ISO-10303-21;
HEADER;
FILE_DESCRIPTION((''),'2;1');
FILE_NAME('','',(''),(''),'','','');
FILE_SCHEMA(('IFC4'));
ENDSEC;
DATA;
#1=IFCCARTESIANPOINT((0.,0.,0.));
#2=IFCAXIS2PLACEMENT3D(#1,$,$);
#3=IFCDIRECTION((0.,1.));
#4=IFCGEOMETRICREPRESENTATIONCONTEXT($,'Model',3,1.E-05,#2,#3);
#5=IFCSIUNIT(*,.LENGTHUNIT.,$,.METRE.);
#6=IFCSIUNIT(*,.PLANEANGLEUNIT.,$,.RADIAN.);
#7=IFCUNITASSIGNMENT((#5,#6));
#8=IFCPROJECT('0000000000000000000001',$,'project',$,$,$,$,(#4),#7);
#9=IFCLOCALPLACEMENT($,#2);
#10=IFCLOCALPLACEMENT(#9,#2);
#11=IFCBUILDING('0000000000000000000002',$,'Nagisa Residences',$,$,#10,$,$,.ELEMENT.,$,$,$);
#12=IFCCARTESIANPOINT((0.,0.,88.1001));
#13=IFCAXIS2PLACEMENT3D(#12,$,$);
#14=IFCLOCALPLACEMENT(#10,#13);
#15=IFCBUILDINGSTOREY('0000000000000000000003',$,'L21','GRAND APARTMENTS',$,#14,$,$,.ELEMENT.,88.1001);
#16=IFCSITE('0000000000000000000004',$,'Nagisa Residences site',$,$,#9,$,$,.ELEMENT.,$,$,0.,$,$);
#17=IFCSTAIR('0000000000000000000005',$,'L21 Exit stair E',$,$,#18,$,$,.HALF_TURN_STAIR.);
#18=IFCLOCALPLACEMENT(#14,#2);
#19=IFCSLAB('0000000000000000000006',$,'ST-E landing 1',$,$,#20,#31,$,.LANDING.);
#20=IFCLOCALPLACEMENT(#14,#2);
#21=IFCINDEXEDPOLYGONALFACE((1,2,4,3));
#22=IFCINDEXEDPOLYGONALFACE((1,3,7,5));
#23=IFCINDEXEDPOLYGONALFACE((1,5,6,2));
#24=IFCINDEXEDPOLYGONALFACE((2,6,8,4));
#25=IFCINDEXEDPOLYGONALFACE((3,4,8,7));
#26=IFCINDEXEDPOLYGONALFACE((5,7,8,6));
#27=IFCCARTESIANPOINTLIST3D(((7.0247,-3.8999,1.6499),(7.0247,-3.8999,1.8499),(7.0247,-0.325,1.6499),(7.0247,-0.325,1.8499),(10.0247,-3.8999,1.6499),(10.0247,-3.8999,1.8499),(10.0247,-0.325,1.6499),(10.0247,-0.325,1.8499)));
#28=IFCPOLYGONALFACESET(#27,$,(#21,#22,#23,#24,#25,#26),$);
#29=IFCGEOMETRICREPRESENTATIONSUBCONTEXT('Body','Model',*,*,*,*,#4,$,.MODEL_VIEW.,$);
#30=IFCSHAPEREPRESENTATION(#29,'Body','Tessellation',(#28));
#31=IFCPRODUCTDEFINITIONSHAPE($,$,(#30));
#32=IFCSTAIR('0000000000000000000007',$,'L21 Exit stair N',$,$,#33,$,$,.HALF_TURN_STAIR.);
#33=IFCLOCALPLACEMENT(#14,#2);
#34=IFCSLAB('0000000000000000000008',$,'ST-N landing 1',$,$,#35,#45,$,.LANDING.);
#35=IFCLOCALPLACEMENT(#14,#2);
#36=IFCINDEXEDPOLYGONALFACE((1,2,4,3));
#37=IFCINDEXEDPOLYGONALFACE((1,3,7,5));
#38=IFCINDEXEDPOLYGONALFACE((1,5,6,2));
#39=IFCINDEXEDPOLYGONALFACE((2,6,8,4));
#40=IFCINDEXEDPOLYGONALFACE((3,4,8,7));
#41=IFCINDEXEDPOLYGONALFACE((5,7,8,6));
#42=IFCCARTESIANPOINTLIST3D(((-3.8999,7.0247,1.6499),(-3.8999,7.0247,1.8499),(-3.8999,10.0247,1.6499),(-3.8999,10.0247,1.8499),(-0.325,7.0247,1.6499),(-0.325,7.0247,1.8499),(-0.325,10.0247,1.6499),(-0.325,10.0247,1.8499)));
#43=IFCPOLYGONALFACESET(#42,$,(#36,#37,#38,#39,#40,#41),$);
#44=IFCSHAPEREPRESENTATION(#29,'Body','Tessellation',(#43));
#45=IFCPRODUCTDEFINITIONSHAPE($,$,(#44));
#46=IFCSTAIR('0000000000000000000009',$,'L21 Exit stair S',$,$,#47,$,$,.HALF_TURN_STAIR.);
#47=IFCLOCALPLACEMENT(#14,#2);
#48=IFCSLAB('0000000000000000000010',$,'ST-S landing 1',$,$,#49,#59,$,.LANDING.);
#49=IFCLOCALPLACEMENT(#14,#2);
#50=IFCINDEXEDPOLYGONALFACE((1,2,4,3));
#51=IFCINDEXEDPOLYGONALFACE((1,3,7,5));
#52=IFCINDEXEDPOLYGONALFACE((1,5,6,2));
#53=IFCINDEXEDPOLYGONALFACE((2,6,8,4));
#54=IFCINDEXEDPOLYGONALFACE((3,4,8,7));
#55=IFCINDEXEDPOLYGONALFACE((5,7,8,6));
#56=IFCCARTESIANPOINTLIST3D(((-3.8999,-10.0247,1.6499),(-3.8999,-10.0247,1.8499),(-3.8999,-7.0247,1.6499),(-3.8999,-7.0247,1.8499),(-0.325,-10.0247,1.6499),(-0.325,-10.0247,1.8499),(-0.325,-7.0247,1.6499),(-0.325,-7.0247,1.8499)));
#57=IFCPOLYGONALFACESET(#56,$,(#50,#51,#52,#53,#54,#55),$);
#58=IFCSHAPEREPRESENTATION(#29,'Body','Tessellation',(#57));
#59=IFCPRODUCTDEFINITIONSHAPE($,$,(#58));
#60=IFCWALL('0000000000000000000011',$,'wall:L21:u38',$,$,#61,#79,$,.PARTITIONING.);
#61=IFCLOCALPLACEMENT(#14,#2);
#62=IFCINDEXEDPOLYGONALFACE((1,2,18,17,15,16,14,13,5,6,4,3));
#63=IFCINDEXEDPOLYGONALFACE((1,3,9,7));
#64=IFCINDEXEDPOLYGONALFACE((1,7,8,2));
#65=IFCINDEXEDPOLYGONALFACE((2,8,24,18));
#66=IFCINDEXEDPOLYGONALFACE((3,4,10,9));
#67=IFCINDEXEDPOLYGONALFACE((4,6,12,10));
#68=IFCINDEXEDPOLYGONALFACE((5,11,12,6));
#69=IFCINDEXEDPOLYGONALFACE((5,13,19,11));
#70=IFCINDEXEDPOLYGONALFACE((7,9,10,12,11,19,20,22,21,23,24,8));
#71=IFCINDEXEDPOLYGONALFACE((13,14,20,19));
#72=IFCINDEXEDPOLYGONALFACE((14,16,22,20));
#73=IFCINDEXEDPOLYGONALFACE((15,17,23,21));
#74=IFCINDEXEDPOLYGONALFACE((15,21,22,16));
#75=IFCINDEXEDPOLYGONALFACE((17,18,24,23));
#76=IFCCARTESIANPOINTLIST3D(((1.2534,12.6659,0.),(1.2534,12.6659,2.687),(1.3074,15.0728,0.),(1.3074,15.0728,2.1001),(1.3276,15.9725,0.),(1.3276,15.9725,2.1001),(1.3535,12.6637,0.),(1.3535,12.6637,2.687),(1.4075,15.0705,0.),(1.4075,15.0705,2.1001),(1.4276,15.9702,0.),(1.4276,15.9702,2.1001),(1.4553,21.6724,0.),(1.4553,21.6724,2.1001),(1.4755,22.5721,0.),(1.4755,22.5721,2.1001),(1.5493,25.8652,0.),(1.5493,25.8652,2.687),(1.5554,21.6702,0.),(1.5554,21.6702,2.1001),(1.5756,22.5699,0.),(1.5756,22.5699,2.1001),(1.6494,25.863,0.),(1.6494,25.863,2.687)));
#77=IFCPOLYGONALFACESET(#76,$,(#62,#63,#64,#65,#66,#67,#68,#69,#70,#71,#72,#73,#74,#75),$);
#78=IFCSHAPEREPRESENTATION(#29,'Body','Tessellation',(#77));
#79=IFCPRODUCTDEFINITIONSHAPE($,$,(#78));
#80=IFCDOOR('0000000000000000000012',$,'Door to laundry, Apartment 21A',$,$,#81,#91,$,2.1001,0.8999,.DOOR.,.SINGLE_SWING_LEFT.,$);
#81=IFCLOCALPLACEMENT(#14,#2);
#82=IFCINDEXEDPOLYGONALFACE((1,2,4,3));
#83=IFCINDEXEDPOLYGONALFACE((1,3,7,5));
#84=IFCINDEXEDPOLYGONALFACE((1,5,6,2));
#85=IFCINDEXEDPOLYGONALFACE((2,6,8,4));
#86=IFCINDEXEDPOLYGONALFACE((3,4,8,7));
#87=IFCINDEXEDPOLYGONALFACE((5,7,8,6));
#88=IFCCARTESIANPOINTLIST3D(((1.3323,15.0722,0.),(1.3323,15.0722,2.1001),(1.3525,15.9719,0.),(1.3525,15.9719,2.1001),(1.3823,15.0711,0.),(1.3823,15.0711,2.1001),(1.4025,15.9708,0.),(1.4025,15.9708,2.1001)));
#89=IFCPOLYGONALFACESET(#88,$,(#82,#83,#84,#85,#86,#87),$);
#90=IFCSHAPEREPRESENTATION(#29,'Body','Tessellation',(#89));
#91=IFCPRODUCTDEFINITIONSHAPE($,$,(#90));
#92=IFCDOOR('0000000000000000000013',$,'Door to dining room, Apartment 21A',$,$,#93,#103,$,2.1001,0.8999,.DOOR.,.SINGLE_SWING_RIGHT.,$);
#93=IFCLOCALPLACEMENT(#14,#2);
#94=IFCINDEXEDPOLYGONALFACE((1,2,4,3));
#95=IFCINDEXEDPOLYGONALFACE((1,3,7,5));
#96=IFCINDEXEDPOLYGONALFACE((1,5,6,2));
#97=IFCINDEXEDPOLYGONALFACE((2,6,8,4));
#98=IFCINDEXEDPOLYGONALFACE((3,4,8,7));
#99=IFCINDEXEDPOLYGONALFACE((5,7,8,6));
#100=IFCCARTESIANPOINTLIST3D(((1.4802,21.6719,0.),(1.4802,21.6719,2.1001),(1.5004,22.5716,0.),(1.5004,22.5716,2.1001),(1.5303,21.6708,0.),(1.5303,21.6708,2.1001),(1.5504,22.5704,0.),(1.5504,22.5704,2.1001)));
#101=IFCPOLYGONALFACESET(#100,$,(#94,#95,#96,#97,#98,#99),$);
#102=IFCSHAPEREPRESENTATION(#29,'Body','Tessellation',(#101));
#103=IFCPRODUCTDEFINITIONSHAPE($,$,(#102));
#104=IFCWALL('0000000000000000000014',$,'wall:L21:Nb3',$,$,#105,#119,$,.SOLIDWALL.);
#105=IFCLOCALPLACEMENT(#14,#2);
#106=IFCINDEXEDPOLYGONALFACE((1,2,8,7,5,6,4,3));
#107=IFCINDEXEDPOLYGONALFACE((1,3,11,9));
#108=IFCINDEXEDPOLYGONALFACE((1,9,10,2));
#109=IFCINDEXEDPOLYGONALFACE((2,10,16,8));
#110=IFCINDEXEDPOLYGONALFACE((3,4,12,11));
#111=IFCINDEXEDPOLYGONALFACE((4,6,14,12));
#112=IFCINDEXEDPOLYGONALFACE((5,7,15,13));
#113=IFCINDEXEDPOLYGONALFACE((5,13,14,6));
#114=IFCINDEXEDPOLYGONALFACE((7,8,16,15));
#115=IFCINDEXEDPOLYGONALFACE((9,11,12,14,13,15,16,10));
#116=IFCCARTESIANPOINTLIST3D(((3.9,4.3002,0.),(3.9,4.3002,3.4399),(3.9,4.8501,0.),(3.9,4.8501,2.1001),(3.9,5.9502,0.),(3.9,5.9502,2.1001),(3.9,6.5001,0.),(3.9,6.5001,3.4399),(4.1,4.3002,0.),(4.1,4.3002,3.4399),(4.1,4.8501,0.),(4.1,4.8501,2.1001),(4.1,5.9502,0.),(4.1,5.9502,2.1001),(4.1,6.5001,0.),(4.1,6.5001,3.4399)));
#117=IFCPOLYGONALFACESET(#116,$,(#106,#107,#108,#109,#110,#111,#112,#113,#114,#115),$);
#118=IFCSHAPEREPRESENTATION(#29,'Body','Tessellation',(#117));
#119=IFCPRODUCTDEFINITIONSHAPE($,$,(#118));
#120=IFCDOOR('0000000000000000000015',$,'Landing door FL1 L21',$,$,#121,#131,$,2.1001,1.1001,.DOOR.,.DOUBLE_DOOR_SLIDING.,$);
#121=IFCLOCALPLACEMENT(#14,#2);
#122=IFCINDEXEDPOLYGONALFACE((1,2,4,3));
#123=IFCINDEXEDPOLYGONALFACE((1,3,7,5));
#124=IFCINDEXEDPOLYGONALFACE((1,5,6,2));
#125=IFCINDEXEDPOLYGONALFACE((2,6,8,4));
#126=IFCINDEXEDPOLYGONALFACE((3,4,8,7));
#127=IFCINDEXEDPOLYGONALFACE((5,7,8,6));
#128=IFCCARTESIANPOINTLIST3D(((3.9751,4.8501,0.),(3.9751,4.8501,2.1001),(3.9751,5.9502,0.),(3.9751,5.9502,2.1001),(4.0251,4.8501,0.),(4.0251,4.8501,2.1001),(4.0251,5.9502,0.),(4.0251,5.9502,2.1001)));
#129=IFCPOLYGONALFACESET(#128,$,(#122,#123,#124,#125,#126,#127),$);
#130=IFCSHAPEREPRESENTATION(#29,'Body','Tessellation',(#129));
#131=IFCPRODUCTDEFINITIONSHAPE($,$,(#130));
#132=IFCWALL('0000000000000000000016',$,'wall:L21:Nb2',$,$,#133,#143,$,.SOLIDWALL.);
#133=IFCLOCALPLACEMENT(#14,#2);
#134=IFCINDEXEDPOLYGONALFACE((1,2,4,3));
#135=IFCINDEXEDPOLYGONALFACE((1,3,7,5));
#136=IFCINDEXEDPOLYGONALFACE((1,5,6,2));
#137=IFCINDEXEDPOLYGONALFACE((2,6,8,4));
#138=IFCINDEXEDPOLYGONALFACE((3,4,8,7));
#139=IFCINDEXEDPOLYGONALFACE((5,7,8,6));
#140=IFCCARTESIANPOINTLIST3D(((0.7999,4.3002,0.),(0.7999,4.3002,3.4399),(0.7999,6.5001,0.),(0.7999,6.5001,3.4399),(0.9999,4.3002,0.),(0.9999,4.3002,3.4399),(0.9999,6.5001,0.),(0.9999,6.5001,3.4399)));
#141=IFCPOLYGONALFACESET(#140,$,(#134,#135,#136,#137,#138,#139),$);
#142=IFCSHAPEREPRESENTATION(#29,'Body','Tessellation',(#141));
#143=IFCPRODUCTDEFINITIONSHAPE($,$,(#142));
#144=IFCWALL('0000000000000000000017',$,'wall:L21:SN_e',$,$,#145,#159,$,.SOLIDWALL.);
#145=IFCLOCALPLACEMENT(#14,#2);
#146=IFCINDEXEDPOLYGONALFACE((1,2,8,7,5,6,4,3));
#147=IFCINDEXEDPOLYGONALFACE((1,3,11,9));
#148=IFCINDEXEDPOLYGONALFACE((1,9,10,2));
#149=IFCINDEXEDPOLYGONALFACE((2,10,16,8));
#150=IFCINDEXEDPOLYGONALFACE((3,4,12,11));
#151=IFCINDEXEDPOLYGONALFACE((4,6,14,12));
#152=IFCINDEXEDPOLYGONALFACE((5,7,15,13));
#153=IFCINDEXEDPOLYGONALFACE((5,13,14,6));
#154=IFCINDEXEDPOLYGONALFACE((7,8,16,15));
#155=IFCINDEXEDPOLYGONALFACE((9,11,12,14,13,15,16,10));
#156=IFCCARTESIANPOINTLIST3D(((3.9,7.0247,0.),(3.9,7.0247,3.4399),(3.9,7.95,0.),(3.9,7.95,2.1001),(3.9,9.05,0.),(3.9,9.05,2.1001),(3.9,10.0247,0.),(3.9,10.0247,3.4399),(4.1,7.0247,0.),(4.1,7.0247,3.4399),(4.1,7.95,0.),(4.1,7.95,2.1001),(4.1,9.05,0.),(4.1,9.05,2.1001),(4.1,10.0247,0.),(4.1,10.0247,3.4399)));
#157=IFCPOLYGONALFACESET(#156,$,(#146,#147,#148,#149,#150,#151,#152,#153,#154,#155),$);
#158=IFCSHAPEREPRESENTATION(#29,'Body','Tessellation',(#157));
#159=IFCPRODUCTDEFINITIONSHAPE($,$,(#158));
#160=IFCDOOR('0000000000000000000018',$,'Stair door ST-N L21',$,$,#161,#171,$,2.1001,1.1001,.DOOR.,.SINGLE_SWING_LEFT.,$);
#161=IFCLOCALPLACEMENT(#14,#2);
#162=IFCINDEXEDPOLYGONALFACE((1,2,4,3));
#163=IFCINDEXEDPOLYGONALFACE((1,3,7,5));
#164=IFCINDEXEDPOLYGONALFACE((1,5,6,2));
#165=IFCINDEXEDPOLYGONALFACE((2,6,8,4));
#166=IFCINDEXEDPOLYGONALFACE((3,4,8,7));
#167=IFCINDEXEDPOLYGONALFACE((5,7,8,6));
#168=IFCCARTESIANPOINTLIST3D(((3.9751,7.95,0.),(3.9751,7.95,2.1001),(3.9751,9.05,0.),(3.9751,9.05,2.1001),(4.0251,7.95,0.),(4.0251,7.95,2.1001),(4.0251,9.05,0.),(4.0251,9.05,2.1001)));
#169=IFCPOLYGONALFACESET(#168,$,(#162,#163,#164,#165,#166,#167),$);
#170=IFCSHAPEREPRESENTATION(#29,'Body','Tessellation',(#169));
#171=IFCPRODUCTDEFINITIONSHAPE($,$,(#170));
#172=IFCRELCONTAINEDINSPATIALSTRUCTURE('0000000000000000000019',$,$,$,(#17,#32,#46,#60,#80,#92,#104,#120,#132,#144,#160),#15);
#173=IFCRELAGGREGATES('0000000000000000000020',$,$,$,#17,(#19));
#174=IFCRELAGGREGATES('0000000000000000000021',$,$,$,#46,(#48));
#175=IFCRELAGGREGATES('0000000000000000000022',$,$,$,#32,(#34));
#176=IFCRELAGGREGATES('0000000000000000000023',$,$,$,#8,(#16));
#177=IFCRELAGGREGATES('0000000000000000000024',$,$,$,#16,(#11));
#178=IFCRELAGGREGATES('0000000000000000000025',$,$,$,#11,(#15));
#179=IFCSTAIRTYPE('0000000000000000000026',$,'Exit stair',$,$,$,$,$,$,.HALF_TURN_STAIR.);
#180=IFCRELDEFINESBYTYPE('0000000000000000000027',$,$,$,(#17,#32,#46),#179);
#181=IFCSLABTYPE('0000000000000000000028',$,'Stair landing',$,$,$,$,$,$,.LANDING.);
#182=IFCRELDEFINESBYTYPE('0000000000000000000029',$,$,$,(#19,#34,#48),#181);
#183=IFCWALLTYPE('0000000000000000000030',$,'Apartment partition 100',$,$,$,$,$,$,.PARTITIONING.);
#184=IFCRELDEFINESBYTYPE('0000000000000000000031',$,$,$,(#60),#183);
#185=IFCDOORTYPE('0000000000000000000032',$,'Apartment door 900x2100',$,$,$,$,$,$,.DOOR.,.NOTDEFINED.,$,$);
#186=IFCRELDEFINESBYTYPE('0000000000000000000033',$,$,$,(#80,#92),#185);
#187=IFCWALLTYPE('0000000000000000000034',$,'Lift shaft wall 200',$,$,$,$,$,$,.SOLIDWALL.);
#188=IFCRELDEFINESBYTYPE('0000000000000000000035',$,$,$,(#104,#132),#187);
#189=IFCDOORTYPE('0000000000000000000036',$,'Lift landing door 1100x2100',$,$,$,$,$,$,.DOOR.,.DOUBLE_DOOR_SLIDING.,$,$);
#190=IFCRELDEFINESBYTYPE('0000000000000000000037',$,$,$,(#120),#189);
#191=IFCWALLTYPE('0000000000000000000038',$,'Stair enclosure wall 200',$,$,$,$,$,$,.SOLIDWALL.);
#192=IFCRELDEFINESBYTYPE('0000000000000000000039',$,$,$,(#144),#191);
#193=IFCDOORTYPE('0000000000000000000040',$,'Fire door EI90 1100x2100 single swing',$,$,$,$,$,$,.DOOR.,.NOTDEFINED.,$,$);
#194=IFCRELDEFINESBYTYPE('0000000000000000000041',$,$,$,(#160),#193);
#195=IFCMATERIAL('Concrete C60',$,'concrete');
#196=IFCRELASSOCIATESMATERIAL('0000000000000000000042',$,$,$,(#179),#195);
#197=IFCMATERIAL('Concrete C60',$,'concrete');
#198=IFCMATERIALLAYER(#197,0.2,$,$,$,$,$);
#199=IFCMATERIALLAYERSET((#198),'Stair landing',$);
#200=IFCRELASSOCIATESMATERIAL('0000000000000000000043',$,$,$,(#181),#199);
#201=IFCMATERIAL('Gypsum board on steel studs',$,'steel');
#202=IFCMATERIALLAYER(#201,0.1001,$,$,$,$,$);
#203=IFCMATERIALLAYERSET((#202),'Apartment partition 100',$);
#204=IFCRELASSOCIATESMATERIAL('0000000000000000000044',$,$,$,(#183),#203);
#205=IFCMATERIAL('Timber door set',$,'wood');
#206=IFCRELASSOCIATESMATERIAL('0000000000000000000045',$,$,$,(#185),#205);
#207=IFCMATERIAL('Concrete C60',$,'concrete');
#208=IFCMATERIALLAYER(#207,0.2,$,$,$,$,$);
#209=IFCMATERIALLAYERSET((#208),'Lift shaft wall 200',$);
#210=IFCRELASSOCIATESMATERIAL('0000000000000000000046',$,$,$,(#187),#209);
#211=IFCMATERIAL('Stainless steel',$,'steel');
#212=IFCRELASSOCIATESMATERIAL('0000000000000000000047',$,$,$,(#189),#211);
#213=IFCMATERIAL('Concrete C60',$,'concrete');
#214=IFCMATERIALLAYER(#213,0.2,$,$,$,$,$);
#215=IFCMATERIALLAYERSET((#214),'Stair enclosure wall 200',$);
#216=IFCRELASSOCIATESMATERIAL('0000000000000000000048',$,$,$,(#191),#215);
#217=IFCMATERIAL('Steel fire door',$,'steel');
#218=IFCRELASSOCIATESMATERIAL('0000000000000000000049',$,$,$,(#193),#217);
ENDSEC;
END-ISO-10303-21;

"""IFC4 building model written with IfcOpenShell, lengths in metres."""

from ifc_helpers import new_model, si_unit, direction, frame, frame_2d, origin, place, context, subcontext, project, spatial, polyline, rectangle, outline, extrude, material, layer, layer_set, type_object, element, fill, aggregate, save


model = new_model("IFC4")

# Units and contexts
model_context = context("Model", 3, precision=1e-05, world=origin(), true_north=direction((0.0, 1.0)))
body_context = subcontext(model_context, "Body", "Model", "MODEL_VIEW")
ifc_project = project(units=[si_unit("LENGTHUNIT", "METRE"), si_unit("PLANEANGLEUNIT", "RADIAN")], contexts=[model_context])

# Site, building, storey
site_placement = place(None, origin())
site = spatial("IfcSite", under=ifc_project, at=site_placement, Name="Nagisa Residences site", CompositionType="ELEMENT", RefElevation=0.0)
building_placement = place(site_placement, origin())
building = spatial("IfcBuilding", under=site, at=building_placement, Name="Nagisa Residences", CompositionType="ELEMENT")
storey_placement = place(building_placement, frame((0.0, 0.0, 88.1001)))
storey = spatial("IfcBuildingStorey", under=building, at=storey_placement, Name="L21", Description="GRAND APARTMENTS", CompositionType="ELEMENT", Elevation=88.1001)

# Stairs, slabs
ifc_material_1 = material(Name="Concrete C60", Category="concrete")
stair_type = type_object("IfcStairType", Name="Exit stair", PredefinedType="HALF_TURN_STAIR", material=ifc_material_1)
stair_1_placement = place(storey_placement, origin())
stair_1 = element("IfcStair", 1, at=stair_1_placement, inside=storey, type_object=stair_type, Name="L21 Exit stair E", PredefinedType="HALF_TURN_STAIR")
ifc_material_2 = material(Name="Concrete C60", Category="concrete")
ifc_layer_1 = layer(ifc_material_2, 0.2)
ifc_layer_set_1 = layer_set([ifc_layer_1], Name="Stair landing")
slab_type = type_object("IfcSlabType", Name="Stair landing", PredefinedType="LANDING", material=ifc_layer_set_1)
slab_1_placement = place(storey_placement, frame((0.0, 0.0, 1.6499)))
slab_1 = element("IfcSlab", 2, at=slab_1_placement, type_object=slab_type, Name="ST-E landing 1", PredefinedType="LANDING", context=body_context, shape_type="SweptSolid", body=[
    extrude(outline(polyline([(7.0247, -0.325), (7.0247, -3.8999), (10.0247, -3.8999), (10.0247, -0.325), (7.0247, -0.325)])), origin(), (0.0, 0.0, 1.0), 0.2),
])
aggregate(stair_1, [slab_1])
stair_2_placement = place(storey_placement, origin())
stair_2 = element("IfcStair", 3, at=stair_2_placement, inside=storey, type_object=stair_type, Name="L21 Exit stair N", PredefinedType="HALF_TURN_STAIR")
slab_2_placement = place(storey_placement, frame((0.0, 0.0, 1.6499)))
slab_2 = element("IfcSlab", 4, at=slab_2_placement, type_object=slab_type, Name="ST-N landing 1", PredefinedType="LANDING", context=body_context, shape_type="SweptSolid", body=[
    extrude(outline(polyline([(-0.325, 10.0247), (-3.8999, 10.0247), (-3.8999, 7.0247), (-0.325, 7.0247), (-0.325, 10.0247)])), origin(), (0.0, 0.0, 1.0), 0.2),
])
stair_3_placement = place(storey_placement, origin())
stair_3 = element("IfcStair", 5, at=stair_3_placement, inside=storey, type_object=stair_type, Name="L21 Exit stair S", PredefinedType="HALF_TURN_STAIR")
slab_3_placement = place(storey_placement, frame((0.0, 0.0, 1.6499)))
slab_3 = element("IfcSlab", 6, at=slab_3_placement, type_object=slab_type, Name="ST-S landing 1", PredefinedType="LANDING", context=body_context, shape_type="SweptSolid", body=[
    extrude(outline(polyline([(-0.325, -7.0247), (-3.8999, -7.0247), (-3.8999, -10.0247), (-0.325, -10.0247), (-0.325, -7.0247)])), origin(), (0.0, 0.0, 1.0), 0.2),
])
aggregate(stair_3, [slab_3])

# Wall, openings, doors
ifc_material_3 = material(Name="Gypsum board on steel studs", Category="steel")
ifc_layer_2 = layer(ifc_material_3, 0.1001)
ifc_layer_set_2 = layer_set([ifc_layer_2], Name="Apartment partition 100")
wall_type_1 = type_object("IfcWallType", Name="Apartment partition 100", PredefinedType="PARTITIONING", material=ifc_layer_set_2)
wall_1_placement = place(storey_placement, frame((1.3035, 12.6648, 0.0), z_axis=(0.0, 0.0, 1.0), x_axis=(0.022412, 0.999749, 0.0)))
wall_1 = element("IfcWall", 7, at=wall_1_placement, inside=storey, type_object=wall_type_1, Name="wall:L21:u38", PredefinedType="PARTITIONING", context=body_context, shape_type="SweptSolid", body=[
    extrude(rectangle(XDim=13.2026, YDim=0.1001, at=frame_2d((6.6013, 0.0))), origin(), (0.0, 0.0, 1.0), 2.687),
])
opening_1_placement = place(wall_1_placement, frame((2.4075, 0.0, 0.0)))
opening_1 = element("IfcOpeningElement", 8, at=opening_1_placement, cuts=wall_1, PredefinedType="OPENING", context=body_context, shape_type="SweptSolid", body=[
    extrude(rectangle(XDim=0.8999, YDim=2.1001, at=frame_2d((0.45, 1.05))), frame((0.0, 0.0601, 0.0), z_axis=(0.0, -1.0, 0.0), x_axis=(1.0, 0.0, 0.0)), (0.0, 0.0, 1.0), 0.1201),
])
opening_2_placement = place(wall_1_placement, frame((9.0088, 0.0, 0.0)))
opening_2 = element("IfcOpeningElement", 9, at=opening_2_placement, cuts=wall_1, PredefinedType="OPENING", context=body_context, shape_type="SweptSolid", body=[
    extrude(rectangle(XDim=0.8999, YDim=2.1001, at=frame_2d((0.45, 1.05))), frame((0.0, 0.0601, 0.0), z_axis=(0.0, -1.0, 0.0), x_axis=(1.0, 0.0, 0.0)), (0.0, 0.0, 1.0), 0.1201),
])
ifc_material_4 = material(Name="Timber door set", Category="wood")
door_type_1 = type_object("IfcDoorType", Name="Apartment door 900x2100", OperationType="NOTDEFINED", PredefinedType="DOOR", material=ifc_material_4)
door_1_placement = place(opening_1_placement, frame((0.8999, 0.0, 0.0), x_axis=(-1.0, 0.0, 0.0)))
door_1 = element("IfcDoor", 10, at=door_1_placement, inside=storey, type_object=door_type_1, Name="Door to laundry, Apartment 21A", OperationType="SINGLE_SWING_LEFT", OverallHeight=2.1001, OverallWidth=0.8999, PredefinedType="DOOR", context=body_context, shape_type="SweptSolid", body=[
    extrude(rectangle(XDim=0.8999, YDim=2.1001, at=frame_2d((0.45, 1.05))), frame((0.0, 0.0249, 0.0), z_axis=(0.0, -1.0, 0.0), x_axis=(1.0, 0.0, 0.0)), (0.0, 0.0, 1.0), 0.05),
])
fill(opening_1, door_1)
door_2_placement = place(opening_2_placement, frame((0.8999, 0.0, 0.0), x_axis=(-1.0, 0.0, 0.0)))
door_2 = element("IfcDoor", 11, at=door_2_placement, inside=storey, type_object=door_type_1, Name="Door to dining room, Apartment 21A", OperationType="SINGLE_SWING_RIGHT", OverallHeight=2.1001, OverallWidth=0.8999, PredefinedType="DOOR", context=body_context, shape_type="SweptSolid", body=[
    extrude(rectangle(XDim=0.8999, YDim=2.1001, at=frame_2d((0.45, 1.05))), frame((0.0, 0.0249, 0.0), z_axis=(0.0, -1.0, 0.0), x_axis=(1.0, 0.0, 0.0)), (0.0, 0.0, 1.0), 0.05),
])
fill(opening_2, door_2)

# Wall, opening, door
ifc_material_5 = material(Name="Concrete C60", Category="concrete")
ifc_layer_3 = layer(ifc_material_5, 0.2)
ifc_layer_set_3 = layer_set([ifc_layer_3], Name="Lift shaft wall 200")
wall_type_2 = type_object("IfcWallType", Name="Lift shaft wall 200", PredefinedType="SOLIDWALL", material=ifc_layer_set_3)
wall_2_placement = place(storey_placement, frame((4.0, 4.3, 0.0), z_axis=(0.0, 0.0, 1.0), x_axis=(0.0, 1.0, 0.0)))
wall_2 = element("IfcWall", 12, at=wall_2_placement, inside=storey, type_object=wall_type_2, Name="wall:L21:Nb3", PredefinedType="SOLIDWALL", context=body_context, shape_type="SweptSolid", body=[
    extrude(rectangle(XDim=2.2, YDim=0.2, at=frame_2d((1.1001, 0.0))), origin(), (0.0, 0.0, 1.0), 3.4399),
])
opening_3_placement = place(wall_2_placement, frame((0.55, 0.0, 0.0)))
opening_3 = element("IfcOpeningElement", 13, at=opening_3_placement, cuts=wall_2, PredefinedType="OPENING", context=body_context, shape_type="SweptSolid", body=[
    extrude(rectangle(XDim=1.1001, YDim=2.1001, at=frame_2d((0.55, 1.05))), frame((0.0, 0.1099, 0.0), z_axis=(0.0, -1.0, 0.0), x_axis=(1.0, 0.0, 0.0)), (0.0, 0.0, 1.0), 0.22),
])
ifc_material_6 = material(Name="Stainless steel", Category="steel")
door_type_2 = type_object("IfcDoorType", Name="Lift landing door 1100x2100", OperationType="DOUBLE_DOOR_SLIDING", PredefinedType="DOOR", material=ifc_material_6)
door_3_placement = place(opening_3_placement, origin())
door_3 = element("IfcDoor", 14, at=door_3_placement, inside=storey, type_object=door_type_2, Name="Landing door FL1 L21", OperationType="DOUBLE_DOOR_SLIDING", OverallHeight=2.1001, OverallWidth=1.1001, PredefinedType="DOOR", context=body_context, shape_type="SweptSolid", body=[
    extrude(rectangle(XDim=1.1001, YDim=2.1001, at=frame_2d((0.55, 1.05))), frame((0.0, 0.0249, 0.0), z_axis=(0.0, -1.0, 0.0), x_axis=(1.0, 0.0, 0.0)), (0.0, 0.0, 1.0), 0.05),
])
fill(opening_3, door_3)

# Wall
wall_3_placement = place(storey_placement, frame((0.8999, 4.3, 0.0), z_axis=(0.0, 0.0, 1.0), x_axis=(0.0, 1.0, 0.0)))
element("IfcWall", 15, at=wall_3_placement, inside=storey, type_object=wall_type_2, Name="wall:L21:Nb2", PredefinedType="SOLIDWALL", context=body_context, shape_type="SweptSolid", body=[
    extrude(rectangle(XDim=2.2, YDim=0.2, at=frame_2d((1.1001, 0.0))), origin(), (0.0, 0.0, 1.0), 3.4399),
])

# Wall, opening, door
ifc_material_7 = material(Name="Concrete C60", Category="concrete")
ifc_layer_4 = layer(ifc_material_7, 0.2)
ifc_layer_set_4 = layer_set([ifc_layer_4], Name="Stair enclosure wall 200")
wall_type_3 = type_object("IfcWallType", Name="Stair enclosure wall 200", PredefinedType="SOLIDWALL", material=ifc_layer_set_4)
wall_4_placement = place(storey_placement, frame((4.0, 7.0247, 0.0), z_axis=(0.0, 0.0, 1.0), x_axis=(0.0, 1.0, 0.0)))
wall_4 = element("IfcWall", 16, at=wall_4_placement, inside=storey, type_object=wall_type_3, Name="wall:L21:SN_e", PredefinedType="SOLIDWALL", context=body_context, shape_type="SweptSolid", body=[
    extrude(rectangle(XDim=3.0, YDim=0.2, at=frame_2d((1.5, 0.0))), origin(), (0.0, 0.0, 1.0), 3.4399),
])
opening_4_placement = place(wall_4_placement, frame((0.9253, 0.0, 0.0)))
opening_4 = element("IfcOpeningElement", 17, at=opening_4_placement, cuts=wall_4, PredefinedType="OPENING", context=body_context, shape_type="SweptSolid", body=[
    extrude(rectangle(XDim=1.1001, YDim=2.1001, at=frame_2d((0.55, 1.05))), frame((0.0, 0.1099, 0.0), z_axis=(0.0, -1.0, 0.0), x_axis=(1.0, 0.0, 0.0)), (0.0, 0.0, 1.0), 0.22),
])
ifc_material_8 = material(Name="Steel fire door", Category="steel")
door_type_3 = type_object("IfcDoorType", Name="Fire door EI90 1100x2100 single swing", OperationType="NOTDEFINED", PredefinedType="DOOR", material=ifc_material_8)
door_4_placement = place(opening_4_placement, origin())
door_4 = element("IfcDoor", 18, at=door_4_placement, inside=storey, type_object=door_type_3, Name="Stair door ST-N L21", OperationType="SINGLE_SWING_LEFT", OverallHeight=2.1001, OverallWidth=1.1001, PredefinedType="DOOR", context=body_context, shape_type="SweptSolid", body=[
    extrude(rectangle(XDim=1.1001, YDim=2.1001, at=frame_2d((0.55, 1.05))), frame((0.0, 0.0249, 0.0), z_axis=(0.0, -1.0, 0.0), x_axis=(1.0, 0.0, 0.0)), (0.0, 0.0, 1.0), 0.05),
])
fill(opening_4, door_4)

aggregate(stair_2, [slab_2])

save(model, "model.ifc")
